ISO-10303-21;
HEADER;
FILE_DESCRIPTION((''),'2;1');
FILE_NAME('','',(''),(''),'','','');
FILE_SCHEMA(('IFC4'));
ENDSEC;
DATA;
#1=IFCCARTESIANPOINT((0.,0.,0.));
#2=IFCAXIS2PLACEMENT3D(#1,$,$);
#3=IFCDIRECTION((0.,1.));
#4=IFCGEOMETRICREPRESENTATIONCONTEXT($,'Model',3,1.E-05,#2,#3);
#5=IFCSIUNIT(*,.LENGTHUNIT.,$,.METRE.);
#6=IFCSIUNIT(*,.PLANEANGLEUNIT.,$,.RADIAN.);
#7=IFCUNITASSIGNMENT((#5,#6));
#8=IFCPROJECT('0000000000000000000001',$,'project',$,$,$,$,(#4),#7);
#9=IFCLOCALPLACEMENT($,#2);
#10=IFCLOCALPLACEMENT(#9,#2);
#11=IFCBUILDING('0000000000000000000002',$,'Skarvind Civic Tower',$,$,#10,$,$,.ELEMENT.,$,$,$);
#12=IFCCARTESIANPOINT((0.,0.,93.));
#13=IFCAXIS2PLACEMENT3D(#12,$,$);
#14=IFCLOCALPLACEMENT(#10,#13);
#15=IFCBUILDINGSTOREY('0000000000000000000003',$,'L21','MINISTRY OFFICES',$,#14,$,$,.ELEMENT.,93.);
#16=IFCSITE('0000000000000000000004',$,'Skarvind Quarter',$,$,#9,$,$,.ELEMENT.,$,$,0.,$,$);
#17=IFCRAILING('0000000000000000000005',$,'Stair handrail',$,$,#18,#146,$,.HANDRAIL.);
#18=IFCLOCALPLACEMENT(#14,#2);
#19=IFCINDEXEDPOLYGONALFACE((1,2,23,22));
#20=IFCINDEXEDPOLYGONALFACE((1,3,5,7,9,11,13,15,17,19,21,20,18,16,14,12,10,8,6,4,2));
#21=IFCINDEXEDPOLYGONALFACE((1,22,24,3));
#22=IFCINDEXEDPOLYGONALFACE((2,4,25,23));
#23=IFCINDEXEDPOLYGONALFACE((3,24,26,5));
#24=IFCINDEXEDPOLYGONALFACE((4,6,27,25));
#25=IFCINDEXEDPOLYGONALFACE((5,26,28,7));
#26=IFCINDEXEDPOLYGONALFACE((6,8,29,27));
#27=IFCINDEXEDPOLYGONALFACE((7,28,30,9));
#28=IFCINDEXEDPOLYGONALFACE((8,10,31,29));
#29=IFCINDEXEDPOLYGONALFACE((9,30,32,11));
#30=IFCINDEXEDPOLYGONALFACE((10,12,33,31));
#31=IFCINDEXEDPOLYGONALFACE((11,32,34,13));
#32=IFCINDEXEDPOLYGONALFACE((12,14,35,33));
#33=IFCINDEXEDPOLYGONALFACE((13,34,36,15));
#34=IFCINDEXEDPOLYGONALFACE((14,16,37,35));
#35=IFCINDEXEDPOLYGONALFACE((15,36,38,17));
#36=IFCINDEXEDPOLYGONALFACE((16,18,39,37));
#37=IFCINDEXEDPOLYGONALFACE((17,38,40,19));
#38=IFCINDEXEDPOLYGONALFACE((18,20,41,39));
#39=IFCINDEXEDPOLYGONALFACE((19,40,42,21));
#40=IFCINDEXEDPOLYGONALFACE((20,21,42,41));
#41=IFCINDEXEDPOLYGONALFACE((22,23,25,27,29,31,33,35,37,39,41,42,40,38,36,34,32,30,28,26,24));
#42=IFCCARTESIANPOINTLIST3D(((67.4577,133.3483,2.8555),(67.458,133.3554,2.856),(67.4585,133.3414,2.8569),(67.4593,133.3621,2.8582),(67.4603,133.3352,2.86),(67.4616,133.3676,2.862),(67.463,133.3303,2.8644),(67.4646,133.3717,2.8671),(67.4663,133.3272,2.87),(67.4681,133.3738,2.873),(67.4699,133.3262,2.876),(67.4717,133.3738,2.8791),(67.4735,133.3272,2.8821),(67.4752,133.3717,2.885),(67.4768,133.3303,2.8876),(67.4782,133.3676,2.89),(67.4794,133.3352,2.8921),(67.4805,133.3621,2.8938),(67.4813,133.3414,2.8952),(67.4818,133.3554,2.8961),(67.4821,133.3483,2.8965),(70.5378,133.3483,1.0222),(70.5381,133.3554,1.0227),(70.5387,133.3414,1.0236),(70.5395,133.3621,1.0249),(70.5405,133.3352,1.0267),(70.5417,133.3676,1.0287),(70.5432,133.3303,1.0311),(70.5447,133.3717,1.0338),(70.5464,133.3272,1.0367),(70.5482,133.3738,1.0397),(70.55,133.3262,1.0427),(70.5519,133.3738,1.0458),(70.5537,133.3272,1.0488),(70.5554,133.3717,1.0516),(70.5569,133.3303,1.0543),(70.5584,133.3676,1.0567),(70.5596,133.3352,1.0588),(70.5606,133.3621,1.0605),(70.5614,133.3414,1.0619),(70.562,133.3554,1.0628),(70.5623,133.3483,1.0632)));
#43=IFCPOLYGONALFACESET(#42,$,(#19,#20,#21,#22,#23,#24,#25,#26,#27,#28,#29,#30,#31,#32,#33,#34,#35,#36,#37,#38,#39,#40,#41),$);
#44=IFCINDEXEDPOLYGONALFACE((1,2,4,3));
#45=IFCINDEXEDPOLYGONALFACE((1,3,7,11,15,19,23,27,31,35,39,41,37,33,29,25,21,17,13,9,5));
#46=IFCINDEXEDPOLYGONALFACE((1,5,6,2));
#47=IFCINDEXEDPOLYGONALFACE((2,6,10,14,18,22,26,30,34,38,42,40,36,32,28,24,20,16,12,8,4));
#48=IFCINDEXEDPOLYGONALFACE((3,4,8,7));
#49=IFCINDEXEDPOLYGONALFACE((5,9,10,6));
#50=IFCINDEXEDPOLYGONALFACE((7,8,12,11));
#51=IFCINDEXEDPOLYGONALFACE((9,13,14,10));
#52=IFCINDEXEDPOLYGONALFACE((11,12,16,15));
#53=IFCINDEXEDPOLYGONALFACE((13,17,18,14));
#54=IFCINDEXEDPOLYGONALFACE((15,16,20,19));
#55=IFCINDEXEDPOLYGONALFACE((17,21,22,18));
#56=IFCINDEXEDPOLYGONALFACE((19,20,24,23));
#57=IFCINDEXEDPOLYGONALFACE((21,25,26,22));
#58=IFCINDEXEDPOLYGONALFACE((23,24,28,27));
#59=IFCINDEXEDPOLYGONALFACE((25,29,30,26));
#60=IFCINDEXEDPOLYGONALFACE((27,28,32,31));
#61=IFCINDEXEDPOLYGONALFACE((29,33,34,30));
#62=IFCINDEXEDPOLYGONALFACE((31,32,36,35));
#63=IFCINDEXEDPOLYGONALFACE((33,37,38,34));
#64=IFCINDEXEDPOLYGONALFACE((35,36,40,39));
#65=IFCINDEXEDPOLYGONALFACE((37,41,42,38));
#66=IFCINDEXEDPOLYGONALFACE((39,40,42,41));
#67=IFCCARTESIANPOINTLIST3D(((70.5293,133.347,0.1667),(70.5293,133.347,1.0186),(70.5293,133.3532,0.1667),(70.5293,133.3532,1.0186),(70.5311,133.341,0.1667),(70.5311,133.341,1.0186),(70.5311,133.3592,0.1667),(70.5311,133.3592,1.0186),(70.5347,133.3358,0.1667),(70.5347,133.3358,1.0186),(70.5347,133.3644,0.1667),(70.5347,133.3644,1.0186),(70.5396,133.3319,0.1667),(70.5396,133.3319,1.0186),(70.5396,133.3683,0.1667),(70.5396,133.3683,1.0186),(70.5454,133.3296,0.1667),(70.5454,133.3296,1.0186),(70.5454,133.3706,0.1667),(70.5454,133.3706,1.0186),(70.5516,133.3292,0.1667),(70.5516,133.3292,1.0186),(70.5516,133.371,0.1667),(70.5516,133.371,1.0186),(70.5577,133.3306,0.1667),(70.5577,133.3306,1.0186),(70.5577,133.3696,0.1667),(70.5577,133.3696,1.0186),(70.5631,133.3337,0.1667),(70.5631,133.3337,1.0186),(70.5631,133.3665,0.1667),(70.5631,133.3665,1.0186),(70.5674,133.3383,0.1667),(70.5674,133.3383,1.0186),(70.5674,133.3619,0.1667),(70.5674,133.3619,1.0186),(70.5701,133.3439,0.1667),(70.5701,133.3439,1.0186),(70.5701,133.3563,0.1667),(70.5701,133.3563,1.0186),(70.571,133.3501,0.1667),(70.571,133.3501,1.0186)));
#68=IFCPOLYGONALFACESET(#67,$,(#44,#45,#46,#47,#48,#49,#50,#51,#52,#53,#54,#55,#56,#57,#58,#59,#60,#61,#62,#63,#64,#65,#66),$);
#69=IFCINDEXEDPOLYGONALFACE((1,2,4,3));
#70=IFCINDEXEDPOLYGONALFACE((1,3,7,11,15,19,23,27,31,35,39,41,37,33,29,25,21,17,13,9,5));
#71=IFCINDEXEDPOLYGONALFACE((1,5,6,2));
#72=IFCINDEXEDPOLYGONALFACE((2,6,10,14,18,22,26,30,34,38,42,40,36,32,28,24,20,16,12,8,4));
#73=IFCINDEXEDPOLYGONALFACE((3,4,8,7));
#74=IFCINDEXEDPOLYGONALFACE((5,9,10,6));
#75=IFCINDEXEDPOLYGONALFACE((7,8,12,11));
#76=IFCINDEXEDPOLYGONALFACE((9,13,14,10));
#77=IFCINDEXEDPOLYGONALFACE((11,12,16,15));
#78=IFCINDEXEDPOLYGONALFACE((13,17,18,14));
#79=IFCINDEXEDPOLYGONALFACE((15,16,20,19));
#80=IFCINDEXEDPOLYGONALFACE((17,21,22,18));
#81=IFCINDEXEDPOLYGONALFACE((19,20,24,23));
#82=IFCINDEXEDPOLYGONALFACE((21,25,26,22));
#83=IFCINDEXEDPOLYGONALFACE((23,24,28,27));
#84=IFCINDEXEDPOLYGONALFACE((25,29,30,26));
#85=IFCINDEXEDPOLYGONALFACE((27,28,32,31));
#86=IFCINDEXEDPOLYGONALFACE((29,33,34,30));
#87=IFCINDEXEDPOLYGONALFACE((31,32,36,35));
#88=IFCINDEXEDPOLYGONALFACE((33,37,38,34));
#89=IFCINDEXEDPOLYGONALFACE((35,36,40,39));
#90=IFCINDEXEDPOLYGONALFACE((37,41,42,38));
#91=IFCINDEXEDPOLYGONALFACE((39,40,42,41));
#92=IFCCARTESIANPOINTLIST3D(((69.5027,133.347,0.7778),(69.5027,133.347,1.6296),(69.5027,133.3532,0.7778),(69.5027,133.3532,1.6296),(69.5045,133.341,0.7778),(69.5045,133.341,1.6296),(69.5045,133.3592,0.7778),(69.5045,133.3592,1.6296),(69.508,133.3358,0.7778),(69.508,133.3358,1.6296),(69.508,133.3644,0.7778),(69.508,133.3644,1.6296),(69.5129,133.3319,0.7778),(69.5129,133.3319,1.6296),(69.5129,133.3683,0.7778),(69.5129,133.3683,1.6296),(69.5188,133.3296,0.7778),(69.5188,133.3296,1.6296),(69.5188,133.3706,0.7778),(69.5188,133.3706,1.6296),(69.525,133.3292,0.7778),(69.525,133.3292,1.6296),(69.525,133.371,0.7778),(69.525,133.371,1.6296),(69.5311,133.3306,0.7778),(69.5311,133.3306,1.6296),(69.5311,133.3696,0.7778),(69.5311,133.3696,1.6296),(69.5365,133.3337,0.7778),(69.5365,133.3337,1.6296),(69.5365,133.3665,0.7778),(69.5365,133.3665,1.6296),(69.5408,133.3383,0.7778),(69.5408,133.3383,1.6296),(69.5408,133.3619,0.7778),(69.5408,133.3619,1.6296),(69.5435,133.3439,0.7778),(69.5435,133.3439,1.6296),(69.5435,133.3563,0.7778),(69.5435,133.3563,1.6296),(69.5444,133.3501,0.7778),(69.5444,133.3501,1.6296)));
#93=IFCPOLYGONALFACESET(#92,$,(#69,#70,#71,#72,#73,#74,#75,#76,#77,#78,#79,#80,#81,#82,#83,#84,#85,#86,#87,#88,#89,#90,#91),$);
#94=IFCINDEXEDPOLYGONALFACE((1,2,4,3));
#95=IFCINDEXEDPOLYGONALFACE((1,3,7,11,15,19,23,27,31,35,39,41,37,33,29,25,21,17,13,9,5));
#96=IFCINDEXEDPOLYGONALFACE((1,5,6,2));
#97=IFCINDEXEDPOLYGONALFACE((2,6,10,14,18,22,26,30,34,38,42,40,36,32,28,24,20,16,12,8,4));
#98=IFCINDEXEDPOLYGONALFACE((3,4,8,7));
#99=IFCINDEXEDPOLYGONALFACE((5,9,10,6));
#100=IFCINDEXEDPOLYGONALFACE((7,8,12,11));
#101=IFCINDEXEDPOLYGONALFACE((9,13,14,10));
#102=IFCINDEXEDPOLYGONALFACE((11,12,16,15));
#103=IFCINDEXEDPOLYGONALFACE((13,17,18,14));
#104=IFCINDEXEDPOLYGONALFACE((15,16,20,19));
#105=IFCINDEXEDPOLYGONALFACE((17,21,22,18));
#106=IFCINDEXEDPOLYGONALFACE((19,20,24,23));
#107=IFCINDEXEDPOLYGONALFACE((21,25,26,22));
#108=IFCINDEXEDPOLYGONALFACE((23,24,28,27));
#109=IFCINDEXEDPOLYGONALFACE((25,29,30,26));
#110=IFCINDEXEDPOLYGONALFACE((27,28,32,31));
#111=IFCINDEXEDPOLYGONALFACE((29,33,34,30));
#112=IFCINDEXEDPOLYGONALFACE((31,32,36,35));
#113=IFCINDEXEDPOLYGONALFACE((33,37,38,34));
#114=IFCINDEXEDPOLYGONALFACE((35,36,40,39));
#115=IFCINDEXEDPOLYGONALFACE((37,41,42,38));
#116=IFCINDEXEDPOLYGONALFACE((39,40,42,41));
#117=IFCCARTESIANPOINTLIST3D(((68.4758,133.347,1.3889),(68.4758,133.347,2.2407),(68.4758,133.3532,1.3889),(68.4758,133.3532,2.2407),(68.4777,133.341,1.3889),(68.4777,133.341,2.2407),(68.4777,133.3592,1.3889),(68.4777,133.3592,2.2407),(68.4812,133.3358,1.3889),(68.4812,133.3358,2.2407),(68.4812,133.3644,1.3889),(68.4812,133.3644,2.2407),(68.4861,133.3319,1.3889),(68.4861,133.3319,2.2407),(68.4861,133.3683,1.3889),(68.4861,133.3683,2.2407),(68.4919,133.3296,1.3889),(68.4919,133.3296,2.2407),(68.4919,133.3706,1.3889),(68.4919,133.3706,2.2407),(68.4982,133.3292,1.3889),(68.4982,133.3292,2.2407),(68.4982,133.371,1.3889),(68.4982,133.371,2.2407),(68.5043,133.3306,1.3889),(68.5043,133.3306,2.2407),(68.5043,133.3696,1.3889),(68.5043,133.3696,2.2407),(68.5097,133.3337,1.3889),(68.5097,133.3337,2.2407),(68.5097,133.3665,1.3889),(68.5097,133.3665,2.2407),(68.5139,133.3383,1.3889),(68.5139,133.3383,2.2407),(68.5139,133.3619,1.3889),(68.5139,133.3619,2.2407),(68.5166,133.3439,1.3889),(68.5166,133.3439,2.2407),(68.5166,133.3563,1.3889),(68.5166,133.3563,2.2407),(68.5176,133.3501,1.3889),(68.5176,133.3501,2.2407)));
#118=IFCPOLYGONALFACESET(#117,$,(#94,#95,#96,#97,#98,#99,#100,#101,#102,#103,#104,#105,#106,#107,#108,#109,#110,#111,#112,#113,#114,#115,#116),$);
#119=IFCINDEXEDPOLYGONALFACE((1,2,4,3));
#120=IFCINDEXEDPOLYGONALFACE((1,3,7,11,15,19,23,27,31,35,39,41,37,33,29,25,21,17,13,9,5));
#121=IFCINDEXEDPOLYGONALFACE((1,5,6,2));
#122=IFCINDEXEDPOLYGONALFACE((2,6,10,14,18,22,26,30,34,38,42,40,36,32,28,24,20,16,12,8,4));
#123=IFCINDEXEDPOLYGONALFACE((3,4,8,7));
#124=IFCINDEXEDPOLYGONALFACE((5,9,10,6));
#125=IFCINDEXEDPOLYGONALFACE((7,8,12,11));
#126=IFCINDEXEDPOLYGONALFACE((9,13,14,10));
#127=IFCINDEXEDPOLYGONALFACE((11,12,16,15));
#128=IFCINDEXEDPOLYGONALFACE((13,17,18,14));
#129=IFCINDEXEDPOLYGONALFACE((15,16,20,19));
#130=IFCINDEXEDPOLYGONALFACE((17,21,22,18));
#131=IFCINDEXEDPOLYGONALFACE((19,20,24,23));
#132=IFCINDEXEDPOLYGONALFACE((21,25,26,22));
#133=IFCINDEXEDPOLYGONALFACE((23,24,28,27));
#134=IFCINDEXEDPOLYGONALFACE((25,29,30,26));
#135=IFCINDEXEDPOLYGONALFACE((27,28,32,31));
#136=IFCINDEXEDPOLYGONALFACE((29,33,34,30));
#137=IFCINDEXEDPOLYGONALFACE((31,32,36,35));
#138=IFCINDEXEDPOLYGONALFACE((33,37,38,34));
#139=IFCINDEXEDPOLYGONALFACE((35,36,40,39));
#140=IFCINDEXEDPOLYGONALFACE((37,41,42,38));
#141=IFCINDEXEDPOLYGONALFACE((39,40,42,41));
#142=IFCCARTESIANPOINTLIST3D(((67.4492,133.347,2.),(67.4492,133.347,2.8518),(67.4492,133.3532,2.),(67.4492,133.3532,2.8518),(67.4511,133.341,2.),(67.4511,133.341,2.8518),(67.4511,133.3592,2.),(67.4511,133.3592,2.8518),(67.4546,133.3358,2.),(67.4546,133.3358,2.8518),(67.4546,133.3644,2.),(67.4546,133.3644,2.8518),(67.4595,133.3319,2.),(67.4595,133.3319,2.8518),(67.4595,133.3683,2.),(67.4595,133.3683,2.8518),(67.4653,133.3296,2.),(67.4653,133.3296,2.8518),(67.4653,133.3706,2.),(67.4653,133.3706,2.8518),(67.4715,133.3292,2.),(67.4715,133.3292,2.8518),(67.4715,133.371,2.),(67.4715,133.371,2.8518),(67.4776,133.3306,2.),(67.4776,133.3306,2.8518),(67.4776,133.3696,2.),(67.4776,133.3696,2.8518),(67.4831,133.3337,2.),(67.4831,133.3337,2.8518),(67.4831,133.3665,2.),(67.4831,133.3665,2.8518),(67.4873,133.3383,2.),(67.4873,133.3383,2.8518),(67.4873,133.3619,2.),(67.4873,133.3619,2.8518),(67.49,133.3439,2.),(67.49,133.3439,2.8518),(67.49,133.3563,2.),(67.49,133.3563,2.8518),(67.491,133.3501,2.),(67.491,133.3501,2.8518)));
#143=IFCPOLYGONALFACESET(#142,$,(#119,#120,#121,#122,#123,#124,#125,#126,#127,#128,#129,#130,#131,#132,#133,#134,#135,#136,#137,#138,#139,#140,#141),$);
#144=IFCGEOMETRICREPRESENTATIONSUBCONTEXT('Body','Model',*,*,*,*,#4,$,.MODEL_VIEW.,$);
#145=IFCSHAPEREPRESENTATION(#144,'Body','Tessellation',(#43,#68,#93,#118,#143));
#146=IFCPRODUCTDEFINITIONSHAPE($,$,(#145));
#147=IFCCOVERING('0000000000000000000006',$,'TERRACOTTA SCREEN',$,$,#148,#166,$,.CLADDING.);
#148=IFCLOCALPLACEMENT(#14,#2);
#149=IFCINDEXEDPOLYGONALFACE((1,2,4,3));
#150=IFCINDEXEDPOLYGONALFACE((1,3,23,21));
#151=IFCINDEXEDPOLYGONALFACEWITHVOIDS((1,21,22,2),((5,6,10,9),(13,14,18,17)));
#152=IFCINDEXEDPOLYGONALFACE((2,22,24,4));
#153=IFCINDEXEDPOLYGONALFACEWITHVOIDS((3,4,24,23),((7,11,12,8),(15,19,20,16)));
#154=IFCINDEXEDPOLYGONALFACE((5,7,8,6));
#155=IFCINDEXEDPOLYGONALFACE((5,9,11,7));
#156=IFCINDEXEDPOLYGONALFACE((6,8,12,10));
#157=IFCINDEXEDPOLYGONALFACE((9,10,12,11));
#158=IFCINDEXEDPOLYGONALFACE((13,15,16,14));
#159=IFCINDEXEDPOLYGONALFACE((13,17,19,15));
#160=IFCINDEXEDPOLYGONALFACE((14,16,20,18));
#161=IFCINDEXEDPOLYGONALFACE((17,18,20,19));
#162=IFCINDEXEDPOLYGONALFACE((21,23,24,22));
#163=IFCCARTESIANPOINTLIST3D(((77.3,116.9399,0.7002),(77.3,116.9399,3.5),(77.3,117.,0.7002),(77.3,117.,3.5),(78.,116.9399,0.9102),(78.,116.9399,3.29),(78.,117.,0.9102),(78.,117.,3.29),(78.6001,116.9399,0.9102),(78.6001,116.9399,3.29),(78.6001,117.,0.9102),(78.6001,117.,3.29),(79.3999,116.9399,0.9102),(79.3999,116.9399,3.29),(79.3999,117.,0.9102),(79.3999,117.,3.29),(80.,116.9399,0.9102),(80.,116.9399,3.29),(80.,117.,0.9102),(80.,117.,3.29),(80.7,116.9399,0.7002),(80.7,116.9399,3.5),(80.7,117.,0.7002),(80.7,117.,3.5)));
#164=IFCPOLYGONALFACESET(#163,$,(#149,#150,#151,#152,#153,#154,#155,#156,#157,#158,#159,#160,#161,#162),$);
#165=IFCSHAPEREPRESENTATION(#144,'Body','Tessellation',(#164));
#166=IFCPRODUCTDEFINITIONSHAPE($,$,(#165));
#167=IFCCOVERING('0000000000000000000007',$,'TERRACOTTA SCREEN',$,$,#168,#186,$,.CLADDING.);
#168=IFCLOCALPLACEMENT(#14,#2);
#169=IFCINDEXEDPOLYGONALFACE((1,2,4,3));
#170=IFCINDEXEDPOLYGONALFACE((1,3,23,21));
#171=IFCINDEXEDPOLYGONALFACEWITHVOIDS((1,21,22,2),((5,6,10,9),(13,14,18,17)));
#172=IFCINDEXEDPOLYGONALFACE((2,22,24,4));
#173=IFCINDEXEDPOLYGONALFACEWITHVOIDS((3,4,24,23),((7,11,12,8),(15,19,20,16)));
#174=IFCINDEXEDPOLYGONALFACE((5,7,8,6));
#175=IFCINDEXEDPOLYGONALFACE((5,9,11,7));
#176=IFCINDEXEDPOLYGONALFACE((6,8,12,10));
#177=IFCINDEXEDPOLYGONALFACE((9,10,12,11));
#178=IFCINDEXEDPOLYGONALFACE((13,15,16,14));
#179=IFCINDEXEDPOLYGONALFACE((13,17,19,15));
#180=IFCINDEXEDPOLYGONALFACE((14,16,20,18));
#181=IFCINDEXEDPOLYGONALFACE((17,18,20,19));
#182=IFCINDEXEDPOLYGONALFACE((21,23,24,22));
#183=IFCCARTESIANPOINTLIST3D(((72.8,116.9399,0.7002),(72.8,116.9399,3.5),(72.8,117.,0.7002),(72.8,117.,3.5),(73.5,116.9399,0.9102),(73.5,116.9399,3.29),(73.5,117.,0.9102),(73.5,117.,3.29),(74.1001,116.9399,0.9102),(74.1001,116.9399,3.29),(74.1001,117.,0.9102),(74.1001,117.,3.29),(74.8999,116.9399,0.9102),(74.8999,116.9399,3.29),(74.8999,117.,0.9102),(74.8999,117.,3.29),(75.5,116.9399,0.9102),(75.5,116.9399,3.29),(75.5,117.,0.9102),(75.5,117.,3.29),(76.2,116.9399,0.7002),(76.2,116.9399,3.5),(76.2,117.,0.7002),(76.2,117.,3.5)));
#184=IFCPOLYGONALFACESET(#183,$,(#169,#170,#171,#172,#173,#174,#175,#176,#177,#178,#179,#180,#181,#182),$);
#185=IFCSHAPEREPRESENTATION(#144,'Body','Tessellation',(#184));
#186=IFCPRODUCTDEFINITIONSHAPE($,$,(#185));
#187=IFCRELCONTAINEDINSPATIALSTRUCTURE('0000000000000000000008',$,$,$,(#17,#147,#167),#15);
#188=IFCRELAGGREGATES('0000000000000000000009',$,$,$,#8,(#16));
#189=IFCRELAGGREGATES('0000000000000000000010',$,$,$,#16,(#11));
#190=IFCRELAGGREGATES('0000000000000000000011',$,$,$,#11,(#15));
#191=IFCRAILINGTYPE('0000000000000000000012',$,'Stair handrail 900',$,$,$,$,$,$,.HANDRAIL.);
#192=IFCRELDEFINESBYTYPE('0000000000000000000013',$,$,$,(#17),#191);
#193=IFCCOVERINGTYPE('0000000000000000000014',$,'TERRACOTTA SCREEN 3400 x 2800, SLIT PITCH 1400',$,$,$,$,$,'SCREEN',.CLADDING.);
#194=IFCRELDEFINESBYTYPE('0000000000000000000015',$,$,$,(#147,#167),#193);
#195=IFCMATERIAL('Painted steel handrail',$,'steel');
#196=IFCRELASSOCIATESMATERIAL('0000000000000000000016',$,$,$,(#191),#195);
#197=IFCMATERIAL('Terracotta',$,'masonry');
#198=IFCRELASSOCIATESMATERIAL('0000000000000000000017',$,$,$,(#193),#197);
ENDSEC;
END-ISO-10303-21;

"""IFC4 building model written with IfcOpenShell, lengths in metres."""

from ifc_helpers import new_model, si_unit, direction, frame, origin, origin_2d, place, context, subcontext, project, spatial, polyline, circle, outline, extrude, material, material_profile, profile_set, type_object, element, save


model = new_model("IFC4")

# Units and contexts
model_context = context("Model", 3, precision=1e-05, world=origin(), true_north=direction((0.0, 1.0)))
body_context = subcontext(model_context, "Body", "Model", "MODEL_VIEW")
ifc_project = project(units=[si_unit("LENGTHUNIT", "METRE"), si_unit("PLANEANGLEUNIT", "RADIAN")], contexts=[model_context])

# Site, building, storey
site_placement = place(None, origin())
site = spatial("IfcSite", under=ifc_project, at=site_placement, Name="Skarvind Quarter", CompositionType="ELEMENT", RefElevation=0.0)
building_placement = place(site_placement, origin())
building = spatial("IfcBuilding", under=site, at=building_placement, Name="Skarvind Civic Tower", CompositionType="ELEMENT")
storey_placement = place(building_placement, frame((0.0, 0.0, 93.0)))
storey = spatial("IfcBuildingStorey", under=building, at=storey_placement, Name="L21", Description="MINISTRY OFFICES", CompositionType="ELEMENT", Elevation=93.0)

# Railing
ifc_material_1 = material(Name="Painted steel handrail", Category="steel")
railing_type_1 = type_object("IfcRailingType", Name="Stair handrail 900", PredefinedType="HANDRAIL", material=ifc_material_1)
railing_1_placement = place(storey_placement, frame((70.55, 133.3501, 0.1667)))
element("IfcRailing", 1, at=railing_1_placement, inside=storey, type_object=railing_type_1, Name="Stair handrail", PredefinedType="HANDRAIL", context=body_context, shape_type="SweptSolid", body=[
    extrude(circle(Radius=0.0239, at=origin_2d()), frame((0.0, 0.0, 0.876), z_axis=(-0.859309, 0.0, 0.511458), x_axis=(0.0, -1.0, 0.0)), (0.0, 0.0, 1.0), 3.5845),
    extrude(circle(Radius=0.021, at=origin_2d()), origin(), (0.0, 0.0, 1.0), 0.8518),
    extrude(circle(Radius=0.021, at=origin_2d()), frame((-1.0266, 0.0, 0.6111)), (0.0, 0.0, 1.0), 0.8518),
    extrude(circle(Radius=0.021, at=origin_2d()), frame((-2.0535, 0.0, 1.2222)), (0.0, 0.0, 1.0), 0.8518),
    extrude(circle(Radius=0.021, at=origin_2d()), frame((-3.0801, 0.0, 1.8333)), (0.0, 0.0, 1.0), 0.8518),
])

# Coverings
ifc_material_2 = material(Name="Terracotta", Category="masonry")
ifc_material_profile_1 = material_profile(ifc_material_2, outline(polyline([(-1.7, -1.3999), (1.7, -1.3999), (1.7, 1.3999), (-1.7, 1.3999), (-1.7, -1.3999)]), holes=[polyline([(-1.0, -1.1899), (-0.3999, -1.1899), (-0.3999, 1.1899), (-1.0, 1.1899), (-1.0, -1.1899)]), polyline([(0.3999, -1.1899), (1.0, -1.1899), (1.0, 1.1899), (0.3999, 1.1899), (0.3999, -1.1899)])]), Name="TERRACOTTA SCREEN 3400 x 2800, SLIT PITCH 1400")
ifc_profile_set_1 = profile_set([ifc_material_profile_1], Name="Terracotta")
covering_type_1 = type_object("IfcCoveringType", Name="TERRACOTTA SCREEN 3400 x 2800, SLIT PITCH 1400", ElementType="SCREEN", PredefinedType="CLADDING", material=ifc_profile_set_1)
for number, where, z_axis, x_axis, name in (
    (2, (79.0, 117.0, 2.1001), (0.0, -1.0, 0.0), (1.0, 0.0, 0.0), "TERRACOTTA SCREEN"),
    (3, (74.5, 117.0, 2.1001), (0.0, -1.0, 0.0), (1.0, 0.0, 0.0), "TERRACOTTA SCREEN"),
):
    element("IfcCovering", number, at=place(storey_placement, frame(where, z_axis=z_axis, x_axis=x_axis)), inside=storey, type_object=covering_type_1, Name=name, PredefinedType="CLADDING", context=body_context, shape_type="SweptSolid", body=[
        extrude(outline(polyline([(-1.7, -1.3999), (1.7, -1.3999), (1.7, 1.3999), (-1.7, 1.3999), (-1.7, -1.3999)]), holes=[polyline([(-1.0, -1.1899), (-0.3999, -1.1899), (-0.3999, 1.1899), (-1.0, 1.1899), (-1.0, -1.1899)]), polyline([(0.3999, -1.1899), (1.0, -1.1899), (1.0, 1.1899), (0.3999, 1.1899), (0.3999, -1.1899)])]), origin(), (0.0, 0.0, 1.0), 0.0601),
    ])

save(model, "model.ifc")
